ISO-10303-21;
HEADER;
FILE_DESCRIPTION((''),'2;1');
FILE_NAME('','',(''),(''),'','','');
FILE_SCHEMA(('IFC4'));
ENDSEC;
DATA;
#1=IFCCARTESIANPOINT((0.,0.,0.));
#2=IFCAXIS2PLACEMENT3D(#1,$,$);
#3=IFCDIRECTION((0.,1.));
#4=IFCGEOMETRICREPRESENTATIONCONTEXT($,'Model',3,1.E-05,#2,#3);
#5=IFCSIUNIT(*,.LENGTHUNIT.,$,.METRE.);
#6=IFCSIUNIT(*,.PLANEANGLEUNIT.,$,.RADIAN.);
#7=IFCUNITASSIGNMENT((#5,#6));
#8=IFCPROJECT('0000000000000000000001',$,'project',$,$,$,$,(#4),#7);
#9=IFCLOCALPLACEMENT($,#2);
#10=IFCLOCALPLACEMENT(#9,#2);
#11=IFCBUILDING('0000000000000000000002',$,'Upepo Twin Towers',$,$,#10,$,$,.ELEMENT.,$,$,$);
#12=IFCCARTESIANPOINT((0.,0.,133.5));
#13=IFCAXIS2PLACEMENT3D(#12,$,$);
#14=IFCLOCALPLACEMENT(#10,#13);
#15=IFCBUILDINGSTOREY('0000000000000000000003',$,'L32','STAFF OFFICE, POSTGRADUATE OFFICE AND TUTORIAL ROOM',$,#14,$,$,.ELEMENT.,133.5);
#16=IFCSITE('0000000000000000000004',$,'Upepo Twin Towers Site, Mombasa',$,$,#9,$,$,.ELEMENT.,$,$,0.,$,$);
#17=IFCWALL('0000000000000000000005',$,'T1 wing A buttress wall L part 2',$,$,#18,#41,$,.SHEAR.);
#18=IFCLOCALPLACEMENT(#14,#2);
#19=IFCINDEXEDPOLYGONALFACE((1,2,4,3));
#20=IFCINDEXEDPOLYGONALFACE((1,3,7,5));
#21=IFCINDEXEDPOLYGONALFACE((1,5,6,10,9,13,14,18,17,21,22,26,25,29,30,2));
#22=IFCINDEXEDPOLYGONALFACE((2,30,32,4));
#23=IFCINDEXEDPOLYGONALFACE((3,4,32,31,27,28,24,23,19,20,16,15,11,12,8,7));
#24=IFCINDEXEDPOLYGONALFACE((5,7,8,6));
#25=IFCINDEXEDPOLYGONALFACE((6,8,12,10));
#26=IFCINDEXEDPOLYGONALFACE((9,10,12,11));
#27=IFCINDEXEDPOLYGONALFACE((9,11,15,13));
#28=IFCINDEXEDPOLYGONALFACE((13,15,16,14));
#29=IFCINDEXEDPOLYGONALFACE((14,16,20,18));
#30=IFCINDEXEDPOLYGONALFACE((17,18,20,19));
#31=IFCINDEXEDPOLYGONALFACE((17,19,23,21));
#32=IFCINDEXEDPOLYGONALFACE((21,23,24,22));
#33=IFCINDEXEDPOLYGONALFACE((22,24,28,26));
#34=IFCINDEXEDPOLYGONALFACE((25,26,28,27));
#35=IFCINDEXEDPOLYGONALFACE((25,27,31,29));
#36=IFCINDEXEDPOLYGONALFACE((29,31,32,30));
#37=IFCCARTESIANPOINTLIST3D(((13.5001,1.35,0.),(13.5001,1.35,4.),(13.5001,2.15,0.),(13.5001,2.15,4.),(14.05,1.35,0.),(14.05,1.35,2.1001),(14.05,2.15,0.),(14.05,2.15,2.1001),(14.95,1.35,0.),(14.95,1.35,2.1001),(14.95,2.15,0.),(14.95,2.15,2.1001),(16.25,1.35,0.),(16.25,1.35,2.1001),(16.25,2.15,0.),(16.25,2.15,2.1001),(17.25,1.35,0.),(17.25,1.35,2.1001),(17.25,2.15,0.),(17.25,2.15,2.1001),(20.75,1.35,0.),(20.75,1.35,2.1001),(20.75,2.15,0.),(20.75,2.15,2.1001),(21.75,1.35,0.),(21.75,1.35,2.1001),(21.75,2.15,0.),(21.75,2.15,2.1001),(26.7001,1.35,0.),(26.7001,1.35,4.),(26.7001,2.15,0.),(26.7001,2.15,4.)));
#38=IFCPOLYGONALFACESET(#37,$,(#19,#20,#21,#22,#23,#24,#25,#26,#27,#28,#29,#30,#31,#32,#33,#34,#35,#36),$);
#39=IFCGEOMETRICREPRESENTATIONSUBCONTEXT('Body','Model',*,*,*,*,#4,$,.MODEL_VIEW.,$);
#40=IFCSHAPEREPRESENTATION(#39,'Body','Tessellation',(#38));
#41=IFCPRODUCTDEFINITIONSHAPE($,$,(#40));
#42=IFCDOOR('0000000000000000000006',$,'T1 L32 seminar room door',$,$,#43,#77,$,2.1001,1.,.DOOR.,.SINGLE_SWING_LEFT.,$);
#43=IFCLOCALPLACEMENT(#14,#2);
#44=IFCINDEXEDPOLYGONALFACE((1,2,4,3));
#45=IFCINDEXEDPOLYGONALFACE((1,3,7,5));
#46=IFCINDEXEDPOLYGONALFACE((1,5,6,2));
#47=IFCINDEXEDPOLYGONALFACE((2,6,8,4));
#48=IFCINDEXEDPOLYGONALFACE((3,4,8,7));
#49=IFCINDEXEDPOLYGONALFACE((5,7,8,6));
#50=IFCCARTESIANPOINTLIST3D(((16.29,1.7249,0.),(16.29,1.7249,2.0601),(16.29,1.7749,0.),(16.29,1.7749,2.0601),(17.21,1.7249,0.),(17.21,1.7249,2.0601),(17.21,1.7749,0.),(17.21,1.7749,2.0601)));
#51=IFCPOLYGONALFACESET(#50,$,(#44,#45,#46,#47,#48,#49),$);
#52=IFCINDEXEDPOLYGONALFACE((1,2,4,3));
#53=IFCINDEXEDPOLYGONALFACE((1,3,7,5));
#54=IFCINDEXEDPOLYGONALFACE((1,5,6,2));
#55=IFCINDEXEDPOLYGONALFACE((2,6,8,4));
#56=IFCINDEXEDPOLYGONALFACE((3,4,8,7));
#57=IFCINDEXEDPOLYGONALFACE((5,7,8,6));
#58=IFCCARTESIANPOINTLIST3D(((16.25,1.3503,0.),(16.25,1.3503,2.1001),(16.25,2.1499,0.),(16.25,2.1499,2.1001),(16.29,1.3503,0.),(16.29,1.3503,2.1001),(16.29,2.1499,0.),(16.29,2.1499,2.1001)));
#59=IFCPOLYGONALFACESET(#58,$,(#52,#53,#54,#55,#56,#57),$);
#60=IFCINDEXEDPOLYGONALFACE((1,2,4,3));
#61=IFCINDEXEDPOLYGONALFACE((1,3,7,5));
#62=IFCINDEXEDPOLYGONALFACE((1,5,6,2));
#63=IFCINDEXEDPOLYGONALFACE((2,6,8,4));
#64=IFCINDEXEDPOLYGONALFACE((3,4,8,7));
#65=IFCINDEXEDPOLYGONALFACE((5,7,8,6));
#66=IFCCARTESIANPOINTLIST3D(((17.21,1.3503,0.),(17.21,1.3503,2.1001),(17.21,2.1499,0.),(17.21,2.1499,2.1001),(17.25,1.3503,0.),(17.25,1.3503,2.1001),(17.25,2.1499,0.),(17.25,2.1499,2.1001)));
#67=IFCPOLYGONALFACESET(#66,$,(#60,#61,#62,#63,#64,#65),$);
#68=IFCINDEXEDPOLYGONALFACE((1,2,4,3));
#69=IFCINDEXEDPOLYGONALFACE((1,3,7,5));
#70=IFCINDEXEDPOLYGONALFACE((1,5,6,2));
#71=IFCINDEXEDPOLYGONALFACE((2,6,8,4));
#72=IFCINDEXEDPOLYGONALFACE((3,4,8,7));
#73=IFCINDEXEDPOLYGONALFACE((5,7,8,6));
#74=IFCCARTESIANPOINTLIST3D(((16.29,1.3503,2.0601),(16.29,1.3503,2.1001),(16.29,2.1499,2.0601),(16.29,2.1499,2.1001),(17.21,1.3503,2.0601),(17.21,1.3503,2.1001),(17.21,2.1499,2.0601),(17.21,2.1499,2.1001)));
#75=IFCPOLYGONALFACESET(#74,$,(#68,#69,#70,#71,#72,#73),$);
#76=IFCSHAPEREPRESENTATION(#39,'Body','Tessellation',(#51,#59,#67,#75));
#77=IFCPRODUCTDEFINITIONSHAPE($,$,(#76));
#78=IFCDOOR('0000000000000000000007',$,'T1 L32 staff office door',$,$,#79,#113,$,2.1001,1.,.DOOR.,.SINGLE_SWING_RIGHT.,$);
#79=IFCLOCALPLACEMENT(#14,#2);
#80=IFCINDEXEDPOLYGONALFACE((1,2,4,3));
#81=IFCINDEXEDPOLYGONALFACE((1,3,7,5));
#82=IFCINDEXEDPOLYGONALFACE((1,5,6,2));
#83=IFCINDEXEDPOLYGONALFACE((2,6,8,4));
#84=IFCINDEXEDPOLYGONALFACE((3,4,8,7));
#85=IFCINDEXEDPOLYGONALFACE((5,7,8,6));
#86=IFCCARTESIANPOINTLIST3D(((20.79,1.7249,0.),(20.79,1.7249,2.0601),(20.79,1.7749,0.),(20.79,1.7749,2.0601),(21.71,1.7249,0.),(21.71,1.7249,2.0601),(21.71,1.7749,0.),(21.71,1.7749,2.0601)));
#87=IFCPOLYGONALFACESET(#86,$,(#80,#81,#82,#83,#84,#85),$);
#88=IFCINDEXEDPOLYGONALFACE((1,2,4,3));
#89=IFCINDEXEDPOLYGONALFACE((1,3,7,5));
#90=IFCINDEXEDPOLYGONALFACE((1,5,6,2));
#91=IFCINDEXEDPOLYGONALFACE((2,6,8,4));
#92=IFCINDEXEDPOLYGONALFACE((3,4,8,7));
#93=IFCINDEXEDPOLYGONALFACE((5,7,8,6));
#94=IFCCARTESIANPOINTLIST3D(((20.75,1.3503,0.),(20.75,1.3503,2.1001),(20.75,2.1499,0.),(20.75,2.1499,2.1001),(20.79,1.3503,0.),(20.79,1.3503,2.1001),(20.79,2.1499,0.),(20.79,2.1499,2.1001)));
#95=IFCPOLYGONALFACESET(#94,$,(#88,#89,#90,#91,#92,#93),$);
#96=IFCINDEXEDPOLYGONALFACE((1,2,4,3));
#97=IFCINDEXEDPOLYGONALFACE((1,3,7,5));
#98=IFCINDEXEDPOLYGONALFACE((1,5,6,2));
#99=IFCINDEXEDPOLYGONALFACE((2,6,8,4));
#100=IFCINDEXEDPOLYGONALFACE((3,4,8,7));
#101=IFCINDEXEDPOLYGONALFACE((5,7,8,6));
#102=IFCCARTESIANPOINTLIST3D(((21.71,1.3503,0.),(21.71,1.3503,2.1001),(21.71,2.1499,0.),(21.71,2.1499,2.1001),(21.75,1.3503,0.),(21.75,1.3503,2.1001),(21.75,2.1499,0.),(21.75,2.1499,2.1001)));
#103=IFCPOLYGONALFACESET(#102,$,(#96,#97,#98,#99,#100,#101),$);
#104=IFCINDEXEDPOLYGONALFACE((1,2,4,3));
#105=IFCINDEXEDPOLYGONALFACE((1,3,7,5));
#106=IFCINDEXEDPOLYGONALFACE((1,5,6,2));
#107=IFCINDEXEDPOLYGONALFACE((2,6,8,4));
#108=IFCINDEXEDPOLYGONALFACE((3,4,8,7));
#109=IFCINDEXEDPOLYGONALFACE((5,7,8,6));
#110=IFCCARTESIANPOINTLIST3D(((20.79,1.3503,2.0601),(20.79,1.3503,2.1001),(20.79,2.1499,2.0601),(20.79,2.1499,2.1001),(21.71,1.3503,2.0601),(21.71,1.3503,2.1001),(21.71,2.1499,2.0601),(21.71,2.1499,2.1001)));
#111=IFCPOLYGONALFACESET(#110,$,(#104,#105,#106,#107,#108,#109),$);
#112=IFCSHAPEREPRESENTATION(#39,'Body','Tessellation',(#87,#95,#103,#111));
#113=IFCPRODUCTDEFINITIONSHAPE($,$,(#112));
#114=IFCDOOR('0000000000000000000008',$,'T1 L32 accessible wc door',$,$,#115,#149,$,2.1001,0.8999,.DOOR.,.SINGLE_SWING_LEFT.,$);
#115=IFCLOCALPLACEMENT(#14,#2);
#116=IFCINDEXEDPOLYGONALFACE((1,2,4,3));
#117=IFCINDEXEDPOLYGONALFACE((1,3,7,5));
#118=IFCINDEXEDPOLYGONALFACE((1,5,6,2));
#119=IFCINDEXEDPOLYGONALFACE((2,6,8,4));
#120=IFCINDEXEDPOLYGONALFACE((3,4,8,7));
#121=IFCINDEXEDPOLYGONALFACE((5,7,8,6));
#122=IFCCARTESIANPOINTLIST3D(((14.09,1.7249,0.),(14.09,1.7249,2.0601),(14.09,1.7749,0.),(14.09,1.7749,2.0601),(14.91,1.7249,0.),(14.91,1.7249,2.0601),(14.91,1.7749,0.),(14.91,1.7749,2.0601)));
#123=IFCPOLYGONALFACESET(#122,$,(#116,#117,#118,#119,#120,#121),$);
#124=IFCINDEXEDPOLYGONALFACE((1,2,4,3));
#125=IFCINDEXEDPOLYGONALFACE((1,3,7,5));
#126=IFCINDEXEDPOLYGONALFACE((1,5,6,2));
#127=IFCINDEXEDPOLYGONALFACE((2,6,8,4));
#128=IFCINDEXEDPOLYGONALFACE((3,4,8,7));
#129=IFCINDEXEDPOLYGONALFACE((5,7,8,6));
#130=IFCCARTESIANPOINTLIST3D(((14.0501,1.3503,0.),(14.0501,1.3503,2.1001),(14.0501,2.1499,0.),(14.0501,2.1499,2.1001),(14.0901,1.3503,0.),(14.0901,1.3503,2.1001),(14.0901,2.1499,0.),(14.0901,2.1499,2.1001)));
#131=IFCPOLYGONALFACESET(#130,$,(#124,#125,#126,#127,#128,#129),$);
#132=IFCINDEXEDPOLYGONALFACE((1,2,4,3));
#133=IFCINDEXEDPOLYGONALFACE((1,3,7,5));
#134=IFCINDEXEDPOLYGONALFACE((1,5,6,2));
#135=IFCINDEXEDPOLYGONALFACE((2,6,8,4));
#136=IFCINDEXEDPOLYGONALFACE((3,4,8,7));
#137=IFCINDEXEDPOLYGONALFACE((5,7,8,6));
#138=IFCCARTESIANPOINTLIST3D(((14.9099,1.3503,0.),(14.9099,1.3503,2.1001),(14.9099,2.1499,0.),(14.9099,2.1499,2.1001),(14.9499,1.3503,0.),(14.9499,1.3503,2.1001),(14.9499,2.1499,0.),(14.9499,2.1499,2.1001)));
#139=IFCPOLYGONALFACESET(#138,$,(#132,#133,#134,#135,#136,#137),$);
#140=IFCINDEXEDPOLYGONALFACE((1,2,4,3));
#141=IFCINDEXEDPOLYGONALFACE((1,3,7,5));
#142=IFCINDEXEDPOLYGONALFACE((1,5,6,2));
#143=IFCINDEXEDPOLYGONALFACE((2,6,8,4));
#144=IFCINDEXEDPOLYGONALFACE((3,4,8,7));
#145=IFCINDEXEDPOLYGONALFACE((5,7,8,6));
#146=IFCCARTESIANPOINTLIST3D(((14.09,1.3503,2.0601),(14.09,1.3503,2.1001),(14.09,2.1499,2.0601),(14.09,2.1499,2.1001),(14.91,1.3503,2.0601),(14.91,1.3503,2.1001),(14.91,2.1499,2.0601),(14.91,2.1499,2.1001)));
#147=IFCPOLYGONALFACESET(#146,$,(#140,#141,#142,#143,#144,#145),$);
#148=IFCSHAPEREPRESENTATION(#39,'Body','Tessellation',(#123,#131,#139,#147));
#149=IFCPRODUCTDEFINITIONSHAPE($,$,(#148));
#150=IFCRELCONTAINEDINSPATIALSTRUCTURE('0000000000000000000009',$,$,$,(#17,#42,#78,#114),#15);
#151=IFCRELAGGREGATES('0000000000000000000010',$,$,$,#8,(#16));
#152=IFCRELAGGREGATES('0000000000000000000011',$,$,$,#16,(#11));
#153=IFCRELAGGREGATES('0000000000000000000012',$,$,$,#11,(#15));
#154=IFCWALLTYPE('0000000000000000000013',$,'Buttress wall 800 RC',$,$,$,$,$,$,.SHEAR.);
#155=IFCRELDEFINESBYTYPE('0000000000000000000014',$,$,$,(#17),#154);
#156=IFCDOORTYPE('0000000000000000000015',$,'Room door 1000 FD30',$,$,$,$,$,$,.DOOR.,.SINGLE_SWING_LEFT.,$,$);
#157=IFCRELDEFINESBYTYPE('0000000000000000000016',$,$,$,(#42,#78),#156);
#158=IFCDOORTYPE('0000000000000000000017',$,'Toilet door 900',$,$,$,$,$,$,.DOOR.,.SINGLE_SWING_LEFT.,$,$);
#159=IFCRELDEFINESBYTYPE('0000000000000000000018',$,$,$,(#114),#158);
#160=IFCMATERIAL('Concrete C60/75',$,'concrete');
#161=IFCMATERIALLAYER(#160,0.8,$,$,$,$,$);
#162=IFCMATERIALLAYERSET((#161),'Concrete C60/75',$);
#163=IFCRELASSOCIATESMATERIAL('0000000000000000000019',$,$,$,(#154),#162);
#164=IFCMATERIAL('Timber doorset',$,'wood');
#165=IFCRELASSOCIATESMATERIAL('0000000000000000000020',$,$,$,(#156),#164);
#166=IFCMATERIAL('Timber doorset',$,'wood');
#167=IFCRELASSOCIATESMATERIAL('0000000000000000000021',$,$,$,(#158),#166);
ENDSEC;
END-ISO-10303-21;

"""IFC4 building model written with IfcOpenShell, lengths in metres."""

from ifc_helpers import new_model, si_unit, direction, frame, frame_2d, origin, place, context, subcontext, project, spatial, rectangle, extrude, material, layer, layer_set, type_object, element, fill, save


model = new_model("IFC4")

# Units and contexts
model_context = context("Model", 3, precision=1e-05, world=origin(), true_north=direction((0.0, 1.0)))
body_context = subcontext(model_context, "Body", "Model", "MODEL_VIEW")
ifc_project = project(units=[si_unit("LENGTHUNIT", "METRE"), si_unit("PLANEANGLEUNIT", "RADIAN")], contexts=[model_context])

# Site, building, storey
site_placement = place(None, origin())
site = spatial("IfcSite", under=ifc_project, at=site_placement, Name="Upepo Twin Towers Site, Mombasa", CompositionType="ELEMENT", RefElevation=0.0)
building_placement = place(site_placement, origin())
building = spatial("IfcBuilding", under=site, at=building_placement, Name="Upepo Twin Towers", CompositionType="ELEMENT")
storey_placement = place(building_placement, frame((0.0, 0.0, 133.5)))
storey = spatial("IfcBuildingStorey", under=building, at=storey_placement, Name="L32", Description="STAFF OFFICE, POSTGRADUATE OFFICE AND TUTORIAL ROOM", CompositionType="ELEMENT", Elevation=133.5)

# Wall, openings, doors
ifc_material_1 = material(Name="Concrete C60/75", Category="concrete")
ifc_layer_1 = layer(ifc_material_1, 0.8)
ifc_layer_set_1 = layer_set([ifc_layer_1], Name="Concrete C60/75")
wall_type_1 = type_object("IfcWallType", Name="Buttress wall 800 RC", PredefinedType="SHEAR", material=ifc_layer_set_1)
wall_1_placement = place(storey_placement, frame((13.5, 1.75, 0.0), z_axis=(0.0, 0.0, 1.0), x_axis=(1.0, 0.0, 0.0)))
wall_1 = element("IfcWall", 1, at=wall_1_placement, inside=storey, type_object=wall_type_1, Name="T1 wing A buttress wall L part 2", PredefinedType="SHEAR", context=body_context, shape_type="SweptSolid", body=[
    extrude(rectangle(XDim=13.2, YDim=0.8, at=frame_2d((6.6001, 0.0))), origin(), (0.0, 0.0, 1.0), 4.0),
])
opening_1_placement = place(wall_1_placement, frame((0.55, 0.0, 0.0)))
opening_1 = element("IfcOpeningElement", 2, at=opening_1_placement, cuts=wall_1, PredefinedType="OPENING", context=body_context, shape_type="SweptSolid", body=[
    extrude(rectangle(XDim=0.8999, YDim=2.1001, at=frame_2d((0.45, 1.05))), frame((0.0, 0.4099, 0.0), z_axis=(0.0, -1.0, 0.0), x_axis=(1.0, 0.0, 0.0)), (0.0, 0.0, 1.0), 0.8201),
])
opening_2_placement = place(wall_1_placement, frame((2.75, 0.0, 0.0)))
opening_2 = element("IfcOpeningElement", 3, at=opening_2_placement, cuts=wall_1, PredefinedType="OPENING", context=body_context, shape_type="SweptSolid", body=[
    extrude(rectangle(XDim=1.0, YDim=2.1001, at=frame_2d((0.5, 1.05))), frame((0.0, 0.4099, 0.0), z_axis=(0.0, -1.0, 0.0), x_axis=(1.0, 0.0, 0.0)), (0.0, 0.0, 1.0), 0.8201),
])
opening_3_placement = place(wall_1_placement, frame((7.25, 0.0, 0.0)))
opening_3 = element("IfcOpeningElement", 4, at=opening_3_placement, cuts=wall_1, PredefinedType="OPENING", context=body_context, shape_type="SweptSolid", body=[
    extrude(rectangle(XDim=1.0, YDim=2.1001, at=frame_2d((0.5, 1.05))), frame((0.0, 0.4099, 0.0), z_axis=(0.0, -1.0, 0.0), x_axis=(1.0, 0.0, 0.0)), (0.0, 0.0, 1.0), 0.8201),
])
ifc_material_2 = material(Name="Timber doorset", Category="wood")
door_type_1 = type_object("IfcDoorType", Name="Room door 1000 FD30", OperationType="SINGLE_SWING_LEFT", PredefinedType="DOOR", material=ifc_material_2)
door_1_placement = place(opening_2_placement, origin())
door_1 = element("IfcDoor", 5, at=door_1_placement, inside=storey, type_object=door_type_1, Name="T1 L32 seminar room door", OperationType="SINGLE_SWING_LEFT", OverallHeight=2.1001, OverallWidth=1.0, PredefinedType="DOOR", context=body_context, shape_type="SweptSolid", body=[
    extrude(rectangle(XDim=0.92, YDim=2.0601, at=frame_2d((0.5, 1.03))), frame((0.0, 0.0249, 0.0), z_axis=(0.0, -1.0, 0.0), x_axis=(1.0, 0.0, 0.0)), (0.0, 0.0, 1.0), 0.05),
    extrude(rectangle(XDim=0.04, YDim=2.1001, at=frame_2d((0.02, 1.05))), frame((0.0, 0.3999, 0.0), z_axis=(0.0, -1.0, 0.0), x_axis=(1.0, 0.0, 0.0)), (0.0, 0.0, 1.0), 0.7996),
    extrude(rectangle(XDim=0.04, YDim=2.1001, at=frame_2d((0.98, 1.05))), frame((0.0, 0.3999, 0.0), z_axis=(0.0, -1.0, 0.0), x_axis=(1.0, 0.0, 0.0)), (0.0, 0.0, 1.0), 0.7996),
    extrude(rectangle(XDim=0.92, YDim=0.04, at=frame_2d((0.5, 2.0801))), frame((0.0, 0.3999, 0.0), z_axis=(0.0, -1.0, 0.0), x_axis=(1.0, 0.0, 0.0)), (0.0, 0.0, 1.0), 0.7996),
])
fill(opening_2, door_1)
door_2_placement = place(opening_3_placement, origin())
door_2 = element("IfcDoor", 6, at=door_2_placement, inside=storey, type_object=door_type_1, Name="T1 L32 staff office door", OperationType="SINGLE_SWING_RIGHT", OverallHeight=2.1001, OverallWidth=1.0, PredefinedType="DOOR", context=body_context, shape_type="SweptSolid", body=[
    extrude(rectangle(XDim=0.92, YDim=2.0601, at=frame_2d((0.5, 1.03))), frame((0.0, 0.0249, 0.0), z_axis=(0.0, -1.0, 0.0), x_axis=(1.0, 0.0, 0.0)), (0.0, 0.0, 1.0), 0.05),
    extrude(rectangle(XDim=0.04, YDim=2.1001, at=frame_2d((0.02, 1.05))), frame((0.0, 0.3999, 0.0), z_axis=(0.0, -1.0, 0.0), x_axis=(1.0, 0.0, 0.0)), (0.0, 0.0, 1.0), 0.7996),
    extrude(rectangle(XDim=0.04, YDim=2.1001, at=frame_2d((0.98, 1.05))), frame((0.0, 0.3999, 0.0), z_axis=(0.0, -1.0, 0.0), x_axis=(1.0, 0.0, 0.0)), (0.0, 0.0, 1.0), 0.7996),
    extrude(rectangle(XDim=0.92, YDim=0.04, at=frame_2d((0.5, 2.0801))), frame((0.0, 0.3999, 0.0), z_axis=(0.0, -1.0, 0.0), x_axis=(1.0, 0.0, 0.0)), (0.0, 0.0, 1.0), 0.7996),
])
fill(opening_3, door_2)
ifc_material_3 = material(Name="Timber doorset", Category="wood")
door_type_2 = type_object("IfcDoorType", Name="Toilet door 900", OperationType="SINGLE_SWING_LEFT", PredefinedType="DOOR", material=ifc_material_3)
door_3_placement = place(opening_1_placement, origin())
door_3 = element("IfcDoor", 7, at=door_3_placement, inside=storey, type_object=door_type_2, Name="T1 L32 accessible wc door", OperationType="SINGLE_SWING_LEFT", OverallHeight=2.1001, OverallWidth=0.8999, PredefinedType="DOOR", context=body_context, shape_type="SweptSolid", body=[
    extrude(rectangle(XDim=0.8199, YDim=2.0601, at=frame_2d((0.45, 1.03))), frame((0.0, 0.0249, 0.0), z_axis=(0.0, -1.0, 0.0), x_axis=(1.0, 0.0, 0.0)), (0.0, 0.0, 1.0), 0.05),
    extrude(rectangle(XDim=0.04, YDim=2.1001, at=frame_2d((0.02, 1.05))), frame((0.0, 0.3999, 0.0), z_axis=(0.0, -1.0, 0.0), x_axis=(1.0, 0.0, 0.0)), (0.0, 0.0, 1.0), 0.7996),
    extrude(rectangle(XDim=0.04, YDim=2.1001, at=frame_2d((0.8799, 1.05))), frame((0.0, 0.3999, 0.0), z_axis=(0.0, -1.0, 0.0), x_axis=(1.0, 0.0, 0.0)), (0.0, 0.0, 1.0), 0.7996),
    extrude(rectangle(XDim=0.8199, YDim=0.04, at=frame_2d((0.45, 2.0801))), frame((0.0, 0.3999, 0.0), z_axis=(0.0, -1.0, 0.0), x_axis=(1.0, 0.0, 0.0)), (0.0, 0.0, 1.0), 0.7996),
])
fill(opening_1, door_3)

save(model, "model.ifc")
